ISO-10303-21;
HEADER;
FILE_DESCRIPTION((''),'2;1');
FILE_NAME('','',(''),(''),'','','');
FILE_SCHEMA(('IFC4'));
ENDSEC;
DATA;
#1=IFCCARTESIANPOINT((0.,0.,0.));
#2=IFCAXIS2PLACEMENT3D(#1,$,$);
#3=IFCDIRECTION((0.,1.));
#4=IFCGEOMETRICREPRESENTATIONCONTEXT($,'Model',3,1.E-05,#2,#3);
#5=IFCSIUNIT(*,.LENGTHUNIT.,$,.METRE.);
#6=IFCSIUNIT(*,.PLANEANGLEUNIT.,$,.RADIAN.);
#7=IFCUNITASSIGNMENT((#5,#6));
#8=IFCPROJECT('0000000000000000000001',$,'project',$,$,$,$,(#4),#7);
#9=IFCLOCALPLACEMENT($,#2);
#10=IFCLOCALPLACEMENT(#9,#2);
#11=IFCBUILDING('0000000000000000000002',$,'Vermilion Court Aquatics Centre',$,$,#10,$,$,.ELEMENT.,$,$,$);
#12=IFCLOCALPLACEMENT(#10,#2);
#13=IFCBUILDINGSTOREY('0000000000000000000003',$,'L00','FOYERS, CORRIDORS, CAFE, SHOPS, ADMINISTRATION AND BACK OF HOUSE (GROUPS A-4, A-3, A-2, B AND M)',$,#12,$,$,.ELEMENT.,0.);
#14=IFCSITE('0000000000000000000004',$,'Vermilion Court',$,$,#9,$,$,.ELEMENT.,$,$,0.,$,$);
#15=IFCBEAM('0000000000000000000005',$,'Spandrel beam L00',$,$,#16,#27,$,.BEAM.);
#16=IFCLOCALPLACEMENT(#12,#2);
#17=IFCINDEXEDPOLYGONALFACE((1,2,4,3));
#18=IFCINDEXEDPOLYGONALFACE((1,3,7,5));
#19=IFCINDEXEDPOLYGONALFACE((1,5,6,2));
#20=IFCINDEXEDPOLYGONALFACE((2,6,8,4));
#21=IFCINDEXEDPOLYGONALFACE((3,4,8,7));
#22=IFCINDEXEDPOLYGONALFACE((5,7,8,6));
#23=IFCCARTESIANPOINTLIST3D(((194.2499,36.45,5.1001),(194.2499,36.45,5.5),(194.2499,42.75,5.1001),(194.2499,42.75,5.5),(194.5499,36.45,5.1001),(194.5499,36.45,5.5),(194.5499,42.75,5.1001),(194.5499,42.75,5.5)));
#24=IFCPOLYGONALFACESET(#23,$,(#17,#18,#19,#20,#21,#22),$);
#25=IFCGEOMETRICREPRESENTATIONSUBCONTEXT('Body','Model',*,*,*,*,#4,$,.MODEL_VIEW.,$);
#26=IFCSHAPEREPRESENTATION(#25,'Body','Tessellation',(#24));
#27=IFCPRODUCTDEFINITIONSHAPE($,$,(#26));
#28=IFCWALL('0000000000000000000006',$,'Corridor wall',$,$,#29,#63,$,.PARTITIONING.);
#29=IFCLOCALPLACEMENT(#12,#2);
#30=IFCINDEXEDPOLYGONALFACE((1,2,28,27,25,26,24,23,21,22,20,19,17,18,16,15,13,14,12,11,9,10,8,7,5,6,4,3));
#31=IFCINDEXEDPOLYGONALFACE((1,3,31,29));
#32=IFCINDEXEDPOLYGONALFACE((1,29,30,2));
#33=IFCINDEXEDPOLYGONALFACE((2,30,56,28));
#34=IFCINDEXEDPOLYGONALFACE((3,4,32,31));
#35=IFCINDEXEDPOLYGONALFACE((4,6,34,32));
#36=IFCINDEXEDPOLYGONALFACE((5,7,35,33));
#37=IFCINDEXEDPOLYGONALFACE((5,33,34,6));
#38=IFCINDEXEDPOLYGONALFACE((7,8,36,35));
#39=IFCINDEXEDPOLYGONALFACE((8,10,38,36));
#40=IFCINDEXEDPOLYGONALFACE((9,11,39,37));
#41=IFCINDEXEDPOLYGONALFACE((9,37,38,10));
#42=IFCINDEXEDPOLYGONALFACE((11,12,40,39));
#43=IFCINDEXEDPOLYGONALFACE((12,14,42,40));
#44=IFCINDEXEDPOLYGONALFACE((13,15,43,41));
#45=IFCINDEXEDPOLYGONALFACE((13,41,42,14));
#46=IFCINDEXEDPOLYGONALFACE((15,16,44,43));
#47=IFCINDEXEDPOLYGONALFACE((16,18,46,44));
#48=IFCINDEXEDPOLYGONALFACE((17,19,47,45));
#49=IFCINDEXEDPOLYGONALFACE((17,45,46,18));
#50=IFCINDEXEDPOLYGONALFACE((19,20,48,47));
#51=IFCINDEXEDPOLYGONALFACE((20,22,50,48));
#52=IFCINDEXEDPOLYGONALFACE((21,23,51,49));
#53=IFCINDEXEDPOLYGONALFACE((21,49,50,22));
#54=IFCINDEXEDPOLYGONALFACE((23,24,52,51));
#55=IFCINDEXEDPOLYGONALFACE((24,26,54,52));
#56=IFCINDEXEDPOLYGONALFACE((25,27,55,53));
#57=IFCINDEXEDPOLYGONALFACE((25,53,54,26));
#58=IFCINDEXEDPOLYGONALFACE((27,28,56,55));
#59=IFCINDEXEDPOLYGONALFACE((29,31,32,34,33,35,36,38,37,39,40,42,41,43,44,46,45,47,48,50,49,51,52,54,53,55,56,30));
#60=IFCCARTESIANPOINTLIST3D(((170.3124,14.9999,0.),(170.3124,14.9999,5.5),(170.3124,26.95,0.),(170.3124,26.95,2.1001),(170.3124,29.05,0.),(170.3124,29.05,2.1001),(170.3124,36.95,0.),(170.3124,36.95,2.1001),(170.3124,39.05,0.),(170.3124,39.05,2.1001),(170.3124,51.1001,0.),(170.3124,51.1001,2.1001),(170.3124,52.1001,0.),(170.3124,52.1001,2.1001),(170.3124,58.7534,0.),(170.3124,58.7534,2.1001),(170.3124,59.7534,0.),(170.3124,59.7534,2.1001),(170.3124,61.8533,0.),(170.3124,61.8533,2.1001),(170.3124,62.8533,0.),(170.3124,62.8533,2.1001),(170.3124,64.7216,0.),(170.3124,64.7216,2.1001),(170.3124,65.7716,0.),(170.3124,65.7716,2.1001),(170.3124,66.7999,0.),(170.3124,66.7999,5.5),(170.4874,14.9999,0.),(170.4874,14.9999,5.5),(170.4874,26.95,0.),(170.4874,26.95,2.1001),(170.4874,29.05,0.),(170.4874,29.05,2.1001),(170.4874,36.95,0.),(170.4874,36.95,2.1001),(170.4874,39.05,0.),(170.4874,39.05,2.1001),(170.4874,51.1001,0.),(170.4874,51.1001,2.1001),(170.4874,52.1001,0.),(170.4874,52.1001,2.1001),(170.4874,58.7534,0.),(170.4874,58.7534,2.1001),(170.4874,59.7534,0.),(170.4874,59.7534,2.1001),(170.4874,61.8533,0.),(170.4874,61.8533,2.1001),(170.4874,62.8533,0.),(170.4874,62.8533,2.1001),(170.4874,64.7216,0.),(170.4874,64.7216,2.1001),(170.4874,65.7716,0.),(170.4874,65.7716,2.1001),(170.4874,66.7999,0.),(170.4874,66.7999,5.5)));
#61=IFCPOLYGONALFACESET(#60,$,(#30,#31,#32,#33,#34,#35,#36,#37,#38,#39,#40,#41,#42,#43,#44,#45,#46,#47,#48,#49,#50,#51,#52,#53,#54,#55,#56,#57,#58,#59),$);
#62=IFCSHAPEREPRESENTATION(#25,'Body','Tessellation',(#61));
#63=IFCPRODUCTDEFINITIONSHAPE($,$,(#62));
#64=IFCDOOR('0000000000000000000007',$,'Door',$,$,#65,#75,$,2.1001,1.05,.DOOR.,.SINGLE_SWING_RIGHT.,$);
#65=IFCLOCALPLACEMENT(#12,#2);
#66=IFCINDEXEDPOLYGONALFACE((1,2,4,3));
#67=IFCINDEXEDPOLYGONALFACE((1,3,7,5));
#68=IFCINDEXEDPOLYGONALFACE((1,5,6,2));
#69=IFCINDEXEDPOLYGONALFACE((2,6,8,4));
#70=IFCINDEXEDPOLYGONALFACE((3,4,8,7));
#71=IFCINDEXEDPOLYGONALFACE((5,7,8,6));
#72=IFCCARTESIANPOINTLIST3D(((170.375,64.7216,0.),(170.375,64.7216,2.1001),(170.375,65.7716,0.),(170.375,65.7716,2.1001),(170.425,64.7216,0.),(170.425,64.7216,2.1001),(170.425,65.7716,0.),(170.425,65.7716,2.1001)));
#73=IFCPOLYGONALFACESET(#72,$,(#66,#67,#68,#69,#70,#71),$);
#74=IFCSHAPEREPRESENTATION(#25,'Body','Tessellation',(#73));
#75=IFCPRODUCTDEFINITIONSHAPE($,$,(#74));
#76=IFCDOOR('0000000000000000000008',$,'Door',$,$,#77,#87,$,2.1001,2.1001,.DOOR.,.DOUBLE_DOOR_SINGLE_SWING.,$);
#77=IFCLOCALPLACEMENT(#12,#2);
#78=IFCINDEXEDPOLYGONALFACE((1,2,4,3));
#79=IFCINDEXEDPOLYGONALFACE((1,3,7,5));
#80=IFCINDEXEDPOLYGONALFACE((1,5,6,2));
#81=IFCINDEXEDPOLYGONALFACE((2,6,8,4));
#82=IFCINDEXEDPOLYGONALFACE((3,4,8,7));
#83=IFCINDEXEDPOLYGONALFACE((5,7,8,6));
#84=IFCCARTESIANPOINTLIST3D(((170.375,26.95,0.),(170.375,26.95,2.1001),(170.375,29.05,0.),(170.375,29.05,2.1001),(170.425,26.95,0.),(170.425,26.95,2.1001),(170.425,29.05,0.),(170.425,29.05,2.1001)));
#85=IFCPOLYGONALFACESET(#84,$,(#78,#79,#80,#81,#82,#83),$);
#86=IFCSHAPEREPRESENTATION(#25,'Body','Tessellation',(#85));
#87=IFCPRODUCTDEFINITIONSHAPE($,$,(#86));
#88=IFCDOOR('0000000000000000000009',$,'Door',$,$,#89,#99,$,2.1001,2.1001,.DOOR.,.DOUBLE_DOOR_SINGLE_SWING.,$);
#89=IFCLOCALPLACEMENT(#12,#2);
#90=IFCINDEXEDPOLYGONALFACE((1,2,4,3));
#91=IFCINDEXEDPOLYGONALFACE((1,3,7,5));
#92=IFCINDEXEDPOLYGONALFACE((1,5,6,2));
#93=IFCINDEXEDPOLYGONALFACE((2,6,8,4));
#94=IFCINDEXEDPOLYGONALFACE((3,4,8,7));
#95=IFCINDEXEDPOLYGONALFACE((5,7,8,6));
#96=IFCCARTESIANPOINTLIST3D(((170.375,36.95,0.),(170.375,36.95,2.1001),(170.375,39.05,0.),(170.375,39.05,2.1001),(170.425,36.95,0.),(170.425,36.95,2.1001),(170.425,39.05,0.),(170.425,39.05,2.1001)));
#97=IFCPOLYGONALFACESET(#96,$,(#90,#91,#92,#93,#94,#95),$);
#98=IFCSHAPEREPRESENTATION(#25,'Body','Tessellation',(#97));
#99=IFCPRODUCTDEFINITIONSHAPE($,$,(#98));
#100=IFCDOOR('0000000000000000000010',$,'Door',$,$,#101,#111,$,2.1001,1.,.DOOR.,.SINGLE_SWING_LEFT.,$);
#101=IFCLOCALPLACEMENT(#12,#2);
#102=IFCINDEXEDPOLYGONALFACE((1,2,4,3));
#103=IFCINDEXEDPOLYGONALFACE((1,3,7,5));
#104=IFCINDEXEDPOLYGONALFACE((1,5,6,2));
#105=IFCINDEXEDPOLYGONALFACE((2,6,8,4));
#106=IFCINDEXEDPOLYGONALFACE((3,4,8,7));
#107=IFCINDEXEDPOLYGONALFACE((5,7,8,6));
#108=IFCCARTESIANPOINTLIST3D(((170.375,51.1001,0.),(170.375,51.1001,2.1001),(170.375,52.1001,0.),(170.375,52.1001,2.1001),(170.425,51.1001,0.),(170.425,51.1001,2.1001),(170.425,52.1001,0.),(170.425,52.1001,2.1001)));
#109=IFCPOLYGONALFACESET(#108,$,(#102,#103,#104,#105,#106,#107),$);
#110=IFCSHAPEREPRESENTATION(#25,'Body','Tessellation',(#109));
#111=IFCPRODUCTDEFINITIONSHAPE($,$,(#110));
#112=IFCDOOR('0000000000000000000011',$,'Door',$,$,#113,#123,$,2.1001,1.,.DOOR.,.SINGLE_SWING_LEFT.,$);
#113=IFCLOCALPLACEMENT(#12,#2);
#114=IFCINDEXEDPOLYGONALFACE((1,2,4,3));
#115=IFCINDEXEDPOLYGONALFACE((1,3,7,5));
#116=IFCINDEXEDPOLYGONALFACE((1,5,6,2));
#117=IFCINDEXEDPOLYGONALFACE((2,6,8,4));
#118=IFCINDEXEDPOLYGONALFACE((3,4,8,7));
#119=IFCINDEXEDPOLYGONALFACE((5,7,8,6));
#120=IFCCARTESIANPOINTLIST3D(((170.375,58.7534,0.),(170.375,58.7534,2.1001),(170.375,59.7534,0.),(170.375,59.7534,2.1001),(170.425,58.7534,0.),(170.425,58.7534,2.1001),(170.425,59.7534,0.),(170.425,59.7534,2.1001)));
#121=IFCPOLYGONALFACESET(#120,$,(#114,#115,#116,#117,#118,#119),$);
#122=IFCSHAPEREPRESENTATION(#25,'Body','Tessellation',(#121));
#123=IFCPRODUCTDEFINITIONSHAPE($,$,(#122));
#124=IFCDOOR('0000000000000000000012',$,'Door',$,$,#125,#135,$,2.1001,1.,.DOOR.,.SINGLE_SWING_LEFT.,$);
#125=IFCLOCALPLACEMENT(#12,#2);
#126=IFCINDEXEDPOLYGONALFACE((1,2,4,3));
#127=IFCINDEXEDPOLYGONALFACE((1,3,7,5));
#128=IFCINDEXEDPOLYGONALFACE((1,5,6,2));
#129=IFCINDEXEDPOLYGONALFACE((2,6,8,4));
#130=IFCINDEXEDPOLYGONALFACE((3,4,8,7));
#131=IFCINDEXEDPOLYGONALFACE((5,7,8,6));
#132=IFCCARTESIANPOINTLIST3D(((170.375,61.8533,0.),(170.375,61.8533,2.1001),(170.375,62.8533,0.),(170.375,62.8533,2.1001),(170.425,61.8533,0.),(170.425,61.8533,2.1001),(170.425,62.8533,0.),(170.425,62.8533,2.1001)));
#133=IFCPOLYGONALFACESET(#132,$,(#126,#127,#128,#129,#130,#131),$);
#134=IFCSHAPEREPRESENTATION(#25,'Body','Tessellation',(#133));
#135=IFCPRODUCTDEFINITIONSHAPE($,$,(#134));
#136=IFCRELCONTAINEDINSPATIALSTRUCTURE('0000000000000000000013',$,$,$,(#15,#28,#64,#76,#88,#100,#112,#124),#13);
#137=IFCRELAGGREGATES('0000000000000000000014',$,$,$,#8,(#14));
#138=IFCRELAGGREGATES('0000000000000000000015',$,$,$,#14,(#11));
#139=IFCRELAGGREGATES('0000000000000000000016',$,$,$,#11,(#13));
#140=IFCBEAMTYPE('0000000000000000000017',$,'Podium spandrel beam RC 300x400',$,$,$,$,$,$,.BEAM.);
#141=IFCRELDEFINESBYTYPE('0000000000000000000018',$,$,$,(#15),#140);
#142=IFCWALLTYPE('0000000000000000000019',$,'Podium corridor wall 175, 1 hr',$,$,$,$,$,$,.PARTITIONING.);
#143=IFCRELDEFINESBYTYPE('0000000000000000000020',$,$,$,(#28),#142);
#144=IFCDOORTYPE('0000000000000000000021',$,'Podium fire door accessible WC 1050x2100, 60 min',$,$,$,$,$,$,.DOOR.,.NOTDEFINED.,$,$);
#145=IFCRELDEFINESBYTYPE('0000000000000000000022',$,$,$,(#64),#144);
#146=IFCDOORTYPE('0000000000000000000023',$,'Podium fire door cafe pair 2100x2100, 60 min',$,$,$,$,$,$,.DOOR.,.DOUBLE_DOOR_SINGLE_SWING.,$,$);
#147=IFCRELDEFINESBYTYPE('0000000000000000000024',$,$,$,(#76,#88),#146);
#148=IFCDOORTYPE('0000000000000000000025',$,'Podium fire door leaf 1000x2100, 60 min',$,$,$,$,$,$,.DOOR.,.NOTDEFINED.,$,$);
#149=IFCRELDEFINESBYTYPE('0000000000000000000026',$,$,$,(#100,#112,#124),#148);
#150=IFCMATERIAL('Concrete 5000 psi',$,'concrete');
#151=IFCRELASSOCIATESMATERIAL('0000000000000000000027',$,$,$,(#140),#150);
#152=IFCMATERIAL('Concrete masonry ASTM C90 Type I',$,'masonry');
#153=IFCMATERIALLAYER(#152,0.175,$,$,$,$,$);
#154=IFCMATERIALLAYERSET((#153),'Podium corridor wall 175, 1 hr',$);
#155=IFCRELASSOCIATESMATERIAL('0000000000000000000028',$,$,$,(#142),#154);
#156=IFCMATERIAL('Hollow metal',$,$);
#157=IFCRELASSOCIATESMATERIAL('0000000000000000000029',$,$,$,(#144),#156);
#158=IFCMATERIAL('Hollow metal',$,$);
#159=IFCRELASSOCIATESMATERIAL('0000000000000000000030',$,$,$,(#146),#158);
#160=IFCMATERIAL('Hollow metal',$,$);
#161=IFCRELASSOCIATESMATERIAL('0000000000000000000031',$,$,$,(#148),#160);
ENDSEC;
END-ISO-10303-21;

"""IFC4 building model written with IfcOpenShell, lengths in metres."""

from ifc_helpers import new_model, si_unit, direction, frame, frame_2d, origin, origin_2d, place, context, subcontext, project, spatial, rectangle, extrude, material, layer, layer_set, material_profile, profile_set, type_object, element, fill, save


model = new_model("IFC4")

# Units and contexts
model_context = context("Model", 3, precision=1e-05, world=origin(), true_north=direction((0.0, 1.0)))
body_context = subcontext(model_context, "Body", "Model", "MODEL_VIEW")
ifc_project = project(units=[si_unit("LENGTHUNIT", "METRE"), si_unit("PLANEANGLEUNIT", "RADIAN")], contexts=[model_context])

# Site, building, storey
site_placement = place(None, origin())
site = spatial("IfcSite", under=ifc_project, at=site_placement, Name="Vermilion Court", CompositionType="ELEMENT", RefElevation=0.0)
building_placement = place(site_placement, origin())
building = spatial("IfcBuilding", under=site, at=building_placement, Name="Vermilion Court Aquatics Centre", CompositionType="ELEMENT")
storey_placement = place(building_placement, origin())
storey = spatial("IfcBuildingStorey", under=building, at=storey_placement, Name="L00", Description="FOYERS, CORRIDORS, CAFE, SHOPS, ADMINISTRATION AND BACK OF HOUSE (GROUPS A-4, A-3, A-2, B AND M)", CompositionType="ELEMENT", Elevation=0.0)

# Beam
ifc_material_1 = material(Name="Concrete 5000 psi", Category="concrete")
ifc_material_profile_1 = material_profile(ifc_material_1, rectangle(XDim=0.3, YDim=0.3999, at=origin_2d()), Name="RC 300x400")
ifc_profile_set_1 = profile_set([ifc_material_profile_1], Name="Concrete 5000 psi")
beam_type_1 = type_object("IfcBeamType", Name="Podium spandrel beam RC 300x400", PredefinedType="BEAM", material=ifc_profile_set_1)
for number, where, z_axis, x_axis, name in (
    (1, (194.3999, 36.45, 5.3), (0.0, 1.0, 0.0), (-1.0, 0.0, 0.0), "Spandrel beam L00"),
):
    element("IfcBeam", number, at=place(storey_placement, frame(where, z_axis=z_axis, x_axis=x_axis)), inside=storey, type_object=beam_type_1, Name=name, PredefinedType="BEAM", context=body_context, shape_type="SweptSolid", body=[
        extrude(rectangle(XDim=0.3, YDim=0.3999, at=origin_2d()), origin(), (0.0, 0.0, 1.0), 6.3),
    ])

# Wall, openings, doors
ifc_material_2 = material(Name="Concrete masonry ASTM C90 Type I", Category="masonry")
ifc_layer_1 = layer(ifc_material_2, 0.175)
ifc_layer_set_1 = layer_set([ifc_layer_1], Name="Podium corridor wall 175, 1 hr")
wall_type_1 = type_object("IfcWallType", Name="Podium corridor wall 175, 1 hr", PredefinedType="PARTITIONING", material=ifc_layer_set_1)
wall_1_placement = place(storey_placement, frame((170.3999, 15.0, 0.0), z_axis=(0.0, 0.0, 1.0), x_axis=(0.0, 1.0, 0.0)))
wall_1 = element("IfcWall", 2, at=wall_1_placement, inside=storey, type_object=wall_type_1, Name="Corridor wall", PredefinedType="PARTITIONING", context=body_context, shape_type="SweptSolid", body=[
    extrude(rectangle(XDim=51.8, YDim=0.175, at=frame_2d((25.8999, 0.0))), origin(), (0.0, 0.0, 1.0), 5.5),
])
opening_1_placement = place(wall_1_placement, frame((11.95, 0.0, 0.0)))
opening_1 = element("IfcOpeningElement", 3, at=opening_1_placement, cuts=wall_1, PredefinedType="OPENING", context=body_context, shape_type="SweptSolid", body=[
    extrude(rectangle(XDim=2.1001, YDim=2.1001, at=frame_2d((1.05, 1.05))), frame((0.0, 0.0974, 0.0), z_axis=(0.0, -1.0, 0.0), x_axis=(1.0, 0.0, 0.0)), (0.0, 0.0, 1.0), 0.1951),
])
opening_2_placement = place(wall_1_placement, frame((21.95, 0.0, 0.0)))
opening_2 = element("IfcOpeningElement", 4, at=opening_2_placement, cuts=wall_1, PredefinedType="OPENING", context=body_context, shape_type="SweptSolid", body=[
    extrude(rectangle(XDim=2.1001, YDim=2.1001, at=frame_2d((1.05, 1.05))), frame((0.0, 0.0974, 0.0), z_axis=(0.0, -1.0, 0.0), x_axis=(1.0, 0.0, 0.0)), (0.0, 0.0, 1.0), 0.1951),
])
opening_3_placement = place(wall_1_placement, frame((36.1001, 0.0, 0.0)))
opening_3 = element("IfcOpeningElement", 5, at=opening_3_placement, cuts=wall_1, PredefinedType="OPENING", context=body_context, shape_type="SweptSolid", body=[
    extrude(rectangle(XDim=1.0, YDim=2.1001, at=frame_2d((0.5, 1.05))), frame((0.0, 0.0974, 0.0), z_axis=(0.0, -1.0, 0.0), x_axis=(1.0, 0.0, 0.0)), (0.0, 0.0, 1.0), 0.1951),
])
opening_4_placement = place(wall_1_placement, frame((43.7534, 0.0, 0.0)))
opening_4 = element("IfcOpeningElement", 6, at=opening_4_placement, cuts=wall_1, PredefinedType="OPENING", context=body_context, shape_type="SweptSolid", body=[
    extrude(rectangle(XDim=1.0, YDim=2.1001, at=frame_2d((0.5, 1.05))), frame((0.0, 0.0974, 0.0), z_axis=(0.0, -1.0, 0.0), x_axis=(1.0, 0.0, 0.0)), (0.0, 0.0, 1.0), 0.1951),
])
opening_5_placement = place(wall_1_placement, frame((46.8533, 0.0, 0.0)))
opening_5 = element("IfcOpeningElement", 7, at=opening_5_placement, cuts=wall_1, PredefinedType="OPENING", context=body_context, shape_type="SweptSolid", body=[
    extrude(rectangle(XDim=1.0, YDim=2.1001, at=frame_2d((0.5, 1.05))), frame((0.0, 0.0974, 0.0), z_axis=(0.0, -1.0, 0.0), x_axis=(1.0, 0.0, 0.0)), (0.0, 0.0, 1.0), 0.1951),
])
opening_6_placement = place(wall_1_placement, frame((49.7217, 0.0, 0.0)))
opening_6 = element("IfcOpeningElement", 8, at=opening_6_placement, cuts=wall_1, PredefinedType="OPENING", context=body_context, shape_type="SweptSolid", body=[
    extrude(rectangle(XDim=1.05, YDim=2.1001, at=frame_2d((0.5249, 1.05))), frame((0.0, 0.0974, 0.0), z_axis=(0.0, -1.0, 0.0), x_axis=(1.0, 0.0, 0.0)), (0.0, 0.0, 1.0), 0.1951),
])
ifc_material_3 = material(Name="Hollow metal")
door_type_1 = type_object("IfcDoorType", Name="Podium fire door accessible WC 1050x2100, 60 min", OperationType="NOTDEFINED", PredefinedType="DOOR", material=ifc_material_3)
door_1_placement = place(opening_6_placement, frame((1.05, 0.0, 0.0), z_axis=(0.0, 0.0, 1.0), x_axis=(-1.0, 0.0, 0.0)))
door_1 = element("IfcDoor", 9, at=door_1_placement, inside=storey, type_object=door_type_1, Name="Door", OperationType="SINGLE_SWING_RIGHT", OverallHeight=2.1001, OverallWidth=1.05, PredefinedType="DOOR", context=body_context, shape_type="SweptSolid", body=[
    extrude(rectangle(XDim=1.05, YDim=2.1001, at=frame_2d((0.5251, 1.05))), frame((0.0, 0.0251, 0.0), z_axis=(0.0, -1.0, 0.0), x_axis=(1.0, 0.0, 0.0)), (0.0, 0.0, 1.0), 0.05),
])
fill(opening_6, door_1)
ifc_material_4 = material(Name="Hollow metal")
door_type_2 = type_object("IfcDoorType", Name="Podium fire door cafe pair 2100x2100, 60 min", OperationType="DOUBLE_DOOR_SINGLE_SWING", PredefinedType="DOOR", material=ifc_material_4)
door_2_placement = place(opening_1_placement, origin())
door_2 = element("IfcDoor", 10, at=door_2_placement, inside=storey, type_object=door_type_2, Name="Door", OperationType="DOUBLE_DOOR_SINGLE_SWING", OverallHeight=2.1001, OverallWidth=2.1001, PredefinedType="DOOR", context=body_context, shape_type="SweptSolid", body=[
    extrude(rectangle(XDim=2.1001, YDim=2.1001, at=frame_2d((1.05, 1.05))), frame((0.0, 0.0249, 0.0), z_axis=(0.0, -1.0, 0.0), x_axis=(1.0, 0.0, 0.0)), (0.0, 0.0, 1.0), 0.05),
])
fill(opening_1, door_2)
door_3_placement = place(opening_2_placement, origin())
door_3 = element("IfcDoor", 11, at=door_3_placement, inside=storey, type_object=door_type_2, Name="Door", OperationType="DOUBLE_DOOR_SINGLE_SWING", OverallHeight=2.1001, OverallWidth=2.1001, PredefinedType="DOOR", context=body_context, shape_type="SweptSolid", body=[
    extrude(rectangle(XDim=2.1001, YDim=2.1001, at=frame_2d((1.05, 1.05))), frame((0.0, 0.0249, 0.0), z_axis=(0.0, -1.0, 0.0), x_axis=(1.0, 0.0, 0.0)), (0.0, 0.0, 1.0), 0.05),
])
fill(opening_2, door_3)
ifc_material_5 = material(Name="Hollow metal")
door_type_3 = type_object("IfcDoorType", Name="Podium fire door leaf 1000x2100, 60 min", OperationType="NOTDEFINED", PredefinedType="DOOR", material=ifc_material_5)
door_4_placement = place(opening_3_placement, origin())
door_4 = element("IfcDoor", 12, at=door_4_placement, inside=storey, type_object=door_type_3, Name="Door", OperationType="SINGLE_SWING_LEFT", OverallHeight=2.1001, OverallWidth=1.0, PredefinedType="DOOR", context=body_context, shape_type="SweptSolid", body=[
    extrude(rectangle(XDim=1.0, YDim=2.1001, at=frame_2d((0.5, 1.05))), frame((0.0, 0.0249, 0.0), z_axis=(0.0, -1.0, 0.0), x_axis=(1.0, 0.0, 0.0)), (0.0, 0.0, 1.0), 0.05),
])
fill(opening_3, door_4)
door_5_placement = place(opening_4_placement, frame((1.0, 0.0, 0.0), z_axis=(0.0, 0.0, 1.0), x_axis=(-1.0, 0.0, 0.0)))
door_5 = element("IfcDoor", 13, at=door_5_placement, inside=storey, type_object=door_type_3, Name="Door", OperationType="SINGLE_SWING_LEFT", OverallHeight=2.1001, OverallWidth=1.0, PredefinedType="DOOR", context=body_context, shape_type="SweptSolid", body=[
    extrude(rectangle(XDim=1.0, YDim=2.1001, at=frame_2d((0.5, 1.05))), frame((0.0, 0.0251, 0.0), z_axis=(0.0, -1.0, 0.0), x_axis=(1.0, 0.0, 0.0)), (0.0, 0.0, 1.0), 0.05),
])
fill(opening_4, door_5)
door_6_placement = place(opening_5_placement, frame((1.0, 0.0, 0.0), z_axis=(0.0, 0.0, 1.0), x_axis=(-1.0, 0.0, 0.0)))
door_6 = element("IfcDoor", 14, at=door_6_placement, inside=storey, type_object=door_type_3, Name="Door", OperationType="SINGLE_SWING_LEFT", OverallHeight=2.1001, OverallWidth=1.0, PredefinedType="DOOR", context=body_context, shape_type="SweptSolid", body=[
    extrude(rectangle(XDim=1.0, YDim=2.1001, at=frame_2d((0.5, 1.05))), frame((0.0, 0.0251, 0.0), z_axis=(0.0, -1.0, 0.0), x_axis=(1.0, 0.0, 0.0)), (0.0, 0.0, 1.0), 0.05),
])
fill(opening_5, door_6)

save(model, "model.ifc")
